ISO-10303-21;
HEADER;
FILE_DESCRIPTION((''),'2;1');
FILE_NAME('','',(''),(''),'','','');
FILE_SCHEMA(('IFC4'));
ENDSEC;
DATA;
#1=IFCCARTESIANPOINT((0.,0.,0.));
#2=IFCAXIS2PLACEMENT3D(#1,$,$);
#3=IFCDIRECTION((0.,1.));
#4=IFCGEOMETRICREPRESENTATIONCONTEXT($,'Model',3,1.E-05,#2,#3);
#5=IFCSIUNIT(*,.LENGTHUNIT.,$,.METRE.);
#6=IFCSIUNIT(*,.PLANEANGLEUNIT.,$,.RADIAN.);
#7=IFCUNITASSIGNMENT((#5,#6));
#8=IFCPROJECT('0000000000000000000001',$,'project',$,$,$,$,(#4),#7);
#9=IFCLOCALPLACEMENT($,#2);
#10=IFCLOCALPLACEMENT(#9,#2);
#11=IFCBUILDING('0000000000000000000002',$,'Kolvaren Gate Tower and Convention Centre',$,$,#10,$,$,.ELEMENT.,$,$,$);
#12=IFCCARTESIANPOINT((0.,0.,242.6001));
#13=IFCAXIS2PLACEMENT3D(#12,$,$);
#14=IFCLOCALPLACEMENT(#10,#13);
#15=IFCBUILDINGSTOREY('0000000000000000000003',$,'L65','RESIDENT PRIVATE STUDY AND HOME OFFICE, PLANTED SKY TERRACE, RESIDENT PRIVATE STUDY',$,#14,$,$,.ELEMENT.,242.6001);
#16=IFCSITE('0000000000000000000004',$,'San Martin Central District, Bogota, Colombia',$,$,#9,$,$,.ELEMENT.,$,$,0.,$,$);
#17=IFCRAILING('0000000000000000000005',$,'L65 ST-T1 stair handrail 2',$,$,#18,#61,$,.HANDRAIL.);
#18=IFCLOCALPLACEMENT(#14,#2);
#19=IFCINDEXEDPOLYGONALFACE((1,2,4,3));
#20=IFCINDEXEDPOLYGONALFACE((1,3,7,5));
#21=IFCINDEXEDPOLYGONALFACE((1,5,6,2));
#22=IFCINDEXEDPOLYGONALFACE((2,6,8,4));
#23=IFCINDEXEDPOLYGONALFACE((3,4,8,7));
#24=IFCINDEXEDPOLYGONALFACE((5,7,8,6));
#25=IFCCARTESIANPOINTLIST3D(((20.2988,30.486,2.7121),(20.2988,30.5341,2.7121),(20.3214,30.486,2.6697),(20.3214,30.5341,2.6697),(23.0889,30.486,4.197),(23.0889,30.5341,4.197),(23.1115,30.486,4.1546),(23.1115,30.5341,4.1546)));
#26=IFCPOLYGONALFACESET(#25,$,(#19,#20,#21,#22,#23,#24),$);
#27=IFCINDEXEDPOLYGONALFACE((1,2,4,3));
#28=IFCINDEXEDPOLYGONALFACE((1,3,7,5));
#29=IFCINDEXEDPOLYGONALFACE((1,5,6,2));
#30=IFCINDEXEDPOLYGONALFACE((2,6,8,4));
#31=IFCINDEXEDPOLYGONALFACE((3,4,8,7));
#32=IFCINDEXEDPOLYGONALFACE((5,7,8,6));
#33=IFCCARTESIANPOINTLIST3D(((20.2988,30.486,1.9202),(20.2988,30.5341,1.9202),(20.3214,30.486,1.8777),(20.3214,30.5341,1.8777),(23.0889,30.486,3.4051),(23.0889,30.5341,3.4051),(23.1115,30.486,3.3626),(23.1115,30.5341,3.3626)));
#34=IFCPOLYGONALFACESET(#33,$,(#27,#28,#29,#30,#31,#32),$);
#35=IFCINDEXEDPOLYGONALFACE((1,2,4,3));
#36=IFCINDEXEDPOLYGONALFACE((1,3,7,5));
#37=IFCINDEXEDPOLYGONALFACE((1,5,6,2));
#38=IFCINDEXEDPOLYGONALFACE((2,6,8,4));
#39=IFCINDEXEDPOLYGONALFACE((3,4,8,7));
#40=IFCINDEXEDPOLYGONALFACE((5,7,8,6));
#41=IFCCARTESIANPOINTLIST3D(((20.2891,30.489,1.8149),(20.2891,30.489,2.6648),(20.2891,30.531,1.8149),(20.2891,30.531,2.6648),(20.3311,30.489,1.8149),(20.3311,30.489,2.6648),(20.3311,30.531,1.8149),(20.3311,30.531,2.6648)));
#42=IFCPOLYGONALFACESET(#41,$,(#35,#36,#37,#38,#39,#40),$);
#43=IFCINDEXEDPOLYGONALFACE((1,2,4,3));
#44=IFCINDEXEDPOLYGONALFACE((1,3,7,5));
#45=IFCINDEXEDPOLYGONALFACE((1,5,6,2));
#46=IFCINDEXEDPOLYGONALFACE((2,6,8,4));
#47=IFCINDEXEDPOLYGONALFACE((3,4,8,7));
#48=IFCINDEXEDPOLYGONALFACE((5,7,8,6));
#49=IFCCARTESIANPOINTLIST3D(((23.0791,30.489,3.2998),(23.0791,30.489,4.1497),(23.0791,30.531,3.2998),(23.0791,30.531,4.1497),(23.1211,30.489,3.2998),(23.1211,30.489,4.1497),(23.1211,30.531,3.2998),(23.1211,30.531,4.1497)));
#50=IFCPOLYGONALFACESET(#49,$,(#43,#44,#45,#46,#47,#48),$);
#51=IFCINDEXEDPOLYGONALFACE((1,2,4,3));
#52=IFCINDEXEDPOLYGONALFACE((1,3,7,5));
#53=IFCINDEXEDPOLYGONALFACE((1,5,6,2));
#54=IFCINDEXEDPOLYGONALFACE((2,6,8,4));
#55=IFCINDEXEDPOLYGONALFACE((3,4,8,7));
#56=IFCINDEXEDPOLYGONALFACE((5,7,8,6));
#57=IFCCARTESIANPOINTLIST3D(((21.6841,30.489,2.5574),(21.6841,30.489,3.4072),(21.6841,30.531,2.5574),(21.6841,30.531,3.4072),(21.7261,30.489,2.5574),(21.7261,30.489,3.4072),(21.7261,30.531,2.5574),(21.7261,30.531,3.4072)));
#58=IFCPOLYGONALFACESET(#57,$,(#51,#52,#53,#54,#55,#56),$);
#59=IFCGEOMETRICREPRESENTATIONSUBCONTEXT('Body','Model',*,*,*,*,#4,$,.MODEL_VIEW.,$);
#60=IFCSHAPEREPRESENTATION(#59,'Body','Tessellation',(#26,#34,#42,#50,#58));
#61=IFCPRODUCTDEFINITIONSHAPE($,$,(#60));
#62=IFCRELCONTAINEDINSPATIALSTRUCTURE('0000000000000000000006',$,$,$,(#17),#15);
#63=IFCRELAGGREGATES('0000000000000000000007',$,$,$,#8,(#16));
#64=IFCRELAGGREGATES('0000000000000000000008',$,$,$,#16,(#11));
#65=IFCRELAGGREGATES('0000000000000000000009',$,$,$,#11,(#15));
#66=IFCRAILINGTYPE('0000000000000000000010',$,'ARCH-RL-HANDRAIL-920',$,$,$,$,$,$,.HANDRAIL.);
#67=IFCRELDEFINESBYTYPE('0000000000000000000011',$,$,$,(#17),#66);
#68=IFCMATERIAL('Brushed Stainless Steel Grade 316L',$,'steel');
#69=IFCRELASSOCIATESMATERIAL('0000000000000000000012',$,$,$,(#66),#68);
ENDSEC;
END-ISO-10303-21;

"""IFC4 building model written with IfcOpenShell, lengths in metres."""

from ifc_helpers import new_model, si_unit, direction, frame, origin, origin_2d, place, context, subcontext, project, spatial, rectangle, extrude, material, type_object, element, save


model = new_model("IFC4")

# Units and contexts
model_context = context("Model", 3, precision=1e-05, world=origin(), true_north=direction((0.0, 1.0)))
body_context = subcontext(model_context, "Body", "Model", "MODEL_VIEW")
ifc_project = project(units=[si_unit("LENGTHUNIT", "METRE"), si_unit("PLANEANGLEUNIT", "RADIAN")], contexts=[model_context])

# Site, building, storey
site_placement = place(None, origin())
site = spatial("IfcSite", under=ifc_project, at=site_placement, Name="San Martin Central District, Bogota, Colombia", CompositionType="ELEMENT", RefElevation=0.0)
building_placement = place(site_placement, origin())
building = spatial("IfcBuilding", under=site, at=building_placement, Name="Kolvaren Gate Tower and Convention Centre", CompositionType="ELEMENT")
storey_placement = place(building_placement, frame((0.0, 0.0, 242.6001)))
storey = spatial("IfcBuildingStorey", under=building, at=storey_placement, Name="L65", Description="RESIDENT PRIVATE STUDY AND HOME OFFICE, PLANTED SKY TERRACE, RESIDENT PRIVATE STUDY", CompositionType="ELEMENT", Elevation=242.6001)

# Shared definitions
ifc_material_1 = material(Name="Brushed Stainless Steel Grade 316L", Category="steel")

# Railing
railing_type_1 = type_object("IfcRailingType", Name="ARCH-RL-HANDRAIL-920", PredefinedType="HANDRAIL", material=ifc_material_1)
railing_1_placement = place(storey_placement, frame((20.3101, 30.51, 1.8149)))
element("IfcRailing", 1, at=railing_1_placement, inside=storey, type_object=railing_type_1, Name="L65 ST-T1 stair handrail 2", PredefinedType="HANDRAIL", context=body_context, shape_type="SweptSolid", body=[
    extrude(rectangle(XDim=0.0481, YDim=0.0481, at=origin_2d()), frame((0.0, 0.0, 0.876), z_axis=(0.882767, 0.0, 0.46981), x_axis=(0.0, 1.0, 0.0)), (0.0, 0.0, 1.0), 3.1606),
    extrude(rectangle(XDim=0.0481, YDim=0.0481, at=origin_2d()), frame((0.0, 0.0, 0.084), z_axis=(0.882767, 0.0, 0.46981), x_axis=(0.0, 1.0, 0.0)), (0.0, 0.0, 1.0), 3.1606),
    extrude(rectangle(XDim=0.042, YDim=0.042, at=origin_2d()), origin(), (0.0, 0.0, 1.0), 0.8499),
    extrude(rectangle(XDim=0.042, YDim=0.042, at=origin_2d()), frame((2.79, 0.0, 1.4849)), (0.0, 0.0, 1.0), 0.8499),
    extrude(rectangle(XDim=0.042, YDim=0.042, at=origin_2d()), frame((1.395, 0.0, 0.7424)), (0.0, 0.0, 1.0), 0.8499),
])

save(model, "model.ifc")
